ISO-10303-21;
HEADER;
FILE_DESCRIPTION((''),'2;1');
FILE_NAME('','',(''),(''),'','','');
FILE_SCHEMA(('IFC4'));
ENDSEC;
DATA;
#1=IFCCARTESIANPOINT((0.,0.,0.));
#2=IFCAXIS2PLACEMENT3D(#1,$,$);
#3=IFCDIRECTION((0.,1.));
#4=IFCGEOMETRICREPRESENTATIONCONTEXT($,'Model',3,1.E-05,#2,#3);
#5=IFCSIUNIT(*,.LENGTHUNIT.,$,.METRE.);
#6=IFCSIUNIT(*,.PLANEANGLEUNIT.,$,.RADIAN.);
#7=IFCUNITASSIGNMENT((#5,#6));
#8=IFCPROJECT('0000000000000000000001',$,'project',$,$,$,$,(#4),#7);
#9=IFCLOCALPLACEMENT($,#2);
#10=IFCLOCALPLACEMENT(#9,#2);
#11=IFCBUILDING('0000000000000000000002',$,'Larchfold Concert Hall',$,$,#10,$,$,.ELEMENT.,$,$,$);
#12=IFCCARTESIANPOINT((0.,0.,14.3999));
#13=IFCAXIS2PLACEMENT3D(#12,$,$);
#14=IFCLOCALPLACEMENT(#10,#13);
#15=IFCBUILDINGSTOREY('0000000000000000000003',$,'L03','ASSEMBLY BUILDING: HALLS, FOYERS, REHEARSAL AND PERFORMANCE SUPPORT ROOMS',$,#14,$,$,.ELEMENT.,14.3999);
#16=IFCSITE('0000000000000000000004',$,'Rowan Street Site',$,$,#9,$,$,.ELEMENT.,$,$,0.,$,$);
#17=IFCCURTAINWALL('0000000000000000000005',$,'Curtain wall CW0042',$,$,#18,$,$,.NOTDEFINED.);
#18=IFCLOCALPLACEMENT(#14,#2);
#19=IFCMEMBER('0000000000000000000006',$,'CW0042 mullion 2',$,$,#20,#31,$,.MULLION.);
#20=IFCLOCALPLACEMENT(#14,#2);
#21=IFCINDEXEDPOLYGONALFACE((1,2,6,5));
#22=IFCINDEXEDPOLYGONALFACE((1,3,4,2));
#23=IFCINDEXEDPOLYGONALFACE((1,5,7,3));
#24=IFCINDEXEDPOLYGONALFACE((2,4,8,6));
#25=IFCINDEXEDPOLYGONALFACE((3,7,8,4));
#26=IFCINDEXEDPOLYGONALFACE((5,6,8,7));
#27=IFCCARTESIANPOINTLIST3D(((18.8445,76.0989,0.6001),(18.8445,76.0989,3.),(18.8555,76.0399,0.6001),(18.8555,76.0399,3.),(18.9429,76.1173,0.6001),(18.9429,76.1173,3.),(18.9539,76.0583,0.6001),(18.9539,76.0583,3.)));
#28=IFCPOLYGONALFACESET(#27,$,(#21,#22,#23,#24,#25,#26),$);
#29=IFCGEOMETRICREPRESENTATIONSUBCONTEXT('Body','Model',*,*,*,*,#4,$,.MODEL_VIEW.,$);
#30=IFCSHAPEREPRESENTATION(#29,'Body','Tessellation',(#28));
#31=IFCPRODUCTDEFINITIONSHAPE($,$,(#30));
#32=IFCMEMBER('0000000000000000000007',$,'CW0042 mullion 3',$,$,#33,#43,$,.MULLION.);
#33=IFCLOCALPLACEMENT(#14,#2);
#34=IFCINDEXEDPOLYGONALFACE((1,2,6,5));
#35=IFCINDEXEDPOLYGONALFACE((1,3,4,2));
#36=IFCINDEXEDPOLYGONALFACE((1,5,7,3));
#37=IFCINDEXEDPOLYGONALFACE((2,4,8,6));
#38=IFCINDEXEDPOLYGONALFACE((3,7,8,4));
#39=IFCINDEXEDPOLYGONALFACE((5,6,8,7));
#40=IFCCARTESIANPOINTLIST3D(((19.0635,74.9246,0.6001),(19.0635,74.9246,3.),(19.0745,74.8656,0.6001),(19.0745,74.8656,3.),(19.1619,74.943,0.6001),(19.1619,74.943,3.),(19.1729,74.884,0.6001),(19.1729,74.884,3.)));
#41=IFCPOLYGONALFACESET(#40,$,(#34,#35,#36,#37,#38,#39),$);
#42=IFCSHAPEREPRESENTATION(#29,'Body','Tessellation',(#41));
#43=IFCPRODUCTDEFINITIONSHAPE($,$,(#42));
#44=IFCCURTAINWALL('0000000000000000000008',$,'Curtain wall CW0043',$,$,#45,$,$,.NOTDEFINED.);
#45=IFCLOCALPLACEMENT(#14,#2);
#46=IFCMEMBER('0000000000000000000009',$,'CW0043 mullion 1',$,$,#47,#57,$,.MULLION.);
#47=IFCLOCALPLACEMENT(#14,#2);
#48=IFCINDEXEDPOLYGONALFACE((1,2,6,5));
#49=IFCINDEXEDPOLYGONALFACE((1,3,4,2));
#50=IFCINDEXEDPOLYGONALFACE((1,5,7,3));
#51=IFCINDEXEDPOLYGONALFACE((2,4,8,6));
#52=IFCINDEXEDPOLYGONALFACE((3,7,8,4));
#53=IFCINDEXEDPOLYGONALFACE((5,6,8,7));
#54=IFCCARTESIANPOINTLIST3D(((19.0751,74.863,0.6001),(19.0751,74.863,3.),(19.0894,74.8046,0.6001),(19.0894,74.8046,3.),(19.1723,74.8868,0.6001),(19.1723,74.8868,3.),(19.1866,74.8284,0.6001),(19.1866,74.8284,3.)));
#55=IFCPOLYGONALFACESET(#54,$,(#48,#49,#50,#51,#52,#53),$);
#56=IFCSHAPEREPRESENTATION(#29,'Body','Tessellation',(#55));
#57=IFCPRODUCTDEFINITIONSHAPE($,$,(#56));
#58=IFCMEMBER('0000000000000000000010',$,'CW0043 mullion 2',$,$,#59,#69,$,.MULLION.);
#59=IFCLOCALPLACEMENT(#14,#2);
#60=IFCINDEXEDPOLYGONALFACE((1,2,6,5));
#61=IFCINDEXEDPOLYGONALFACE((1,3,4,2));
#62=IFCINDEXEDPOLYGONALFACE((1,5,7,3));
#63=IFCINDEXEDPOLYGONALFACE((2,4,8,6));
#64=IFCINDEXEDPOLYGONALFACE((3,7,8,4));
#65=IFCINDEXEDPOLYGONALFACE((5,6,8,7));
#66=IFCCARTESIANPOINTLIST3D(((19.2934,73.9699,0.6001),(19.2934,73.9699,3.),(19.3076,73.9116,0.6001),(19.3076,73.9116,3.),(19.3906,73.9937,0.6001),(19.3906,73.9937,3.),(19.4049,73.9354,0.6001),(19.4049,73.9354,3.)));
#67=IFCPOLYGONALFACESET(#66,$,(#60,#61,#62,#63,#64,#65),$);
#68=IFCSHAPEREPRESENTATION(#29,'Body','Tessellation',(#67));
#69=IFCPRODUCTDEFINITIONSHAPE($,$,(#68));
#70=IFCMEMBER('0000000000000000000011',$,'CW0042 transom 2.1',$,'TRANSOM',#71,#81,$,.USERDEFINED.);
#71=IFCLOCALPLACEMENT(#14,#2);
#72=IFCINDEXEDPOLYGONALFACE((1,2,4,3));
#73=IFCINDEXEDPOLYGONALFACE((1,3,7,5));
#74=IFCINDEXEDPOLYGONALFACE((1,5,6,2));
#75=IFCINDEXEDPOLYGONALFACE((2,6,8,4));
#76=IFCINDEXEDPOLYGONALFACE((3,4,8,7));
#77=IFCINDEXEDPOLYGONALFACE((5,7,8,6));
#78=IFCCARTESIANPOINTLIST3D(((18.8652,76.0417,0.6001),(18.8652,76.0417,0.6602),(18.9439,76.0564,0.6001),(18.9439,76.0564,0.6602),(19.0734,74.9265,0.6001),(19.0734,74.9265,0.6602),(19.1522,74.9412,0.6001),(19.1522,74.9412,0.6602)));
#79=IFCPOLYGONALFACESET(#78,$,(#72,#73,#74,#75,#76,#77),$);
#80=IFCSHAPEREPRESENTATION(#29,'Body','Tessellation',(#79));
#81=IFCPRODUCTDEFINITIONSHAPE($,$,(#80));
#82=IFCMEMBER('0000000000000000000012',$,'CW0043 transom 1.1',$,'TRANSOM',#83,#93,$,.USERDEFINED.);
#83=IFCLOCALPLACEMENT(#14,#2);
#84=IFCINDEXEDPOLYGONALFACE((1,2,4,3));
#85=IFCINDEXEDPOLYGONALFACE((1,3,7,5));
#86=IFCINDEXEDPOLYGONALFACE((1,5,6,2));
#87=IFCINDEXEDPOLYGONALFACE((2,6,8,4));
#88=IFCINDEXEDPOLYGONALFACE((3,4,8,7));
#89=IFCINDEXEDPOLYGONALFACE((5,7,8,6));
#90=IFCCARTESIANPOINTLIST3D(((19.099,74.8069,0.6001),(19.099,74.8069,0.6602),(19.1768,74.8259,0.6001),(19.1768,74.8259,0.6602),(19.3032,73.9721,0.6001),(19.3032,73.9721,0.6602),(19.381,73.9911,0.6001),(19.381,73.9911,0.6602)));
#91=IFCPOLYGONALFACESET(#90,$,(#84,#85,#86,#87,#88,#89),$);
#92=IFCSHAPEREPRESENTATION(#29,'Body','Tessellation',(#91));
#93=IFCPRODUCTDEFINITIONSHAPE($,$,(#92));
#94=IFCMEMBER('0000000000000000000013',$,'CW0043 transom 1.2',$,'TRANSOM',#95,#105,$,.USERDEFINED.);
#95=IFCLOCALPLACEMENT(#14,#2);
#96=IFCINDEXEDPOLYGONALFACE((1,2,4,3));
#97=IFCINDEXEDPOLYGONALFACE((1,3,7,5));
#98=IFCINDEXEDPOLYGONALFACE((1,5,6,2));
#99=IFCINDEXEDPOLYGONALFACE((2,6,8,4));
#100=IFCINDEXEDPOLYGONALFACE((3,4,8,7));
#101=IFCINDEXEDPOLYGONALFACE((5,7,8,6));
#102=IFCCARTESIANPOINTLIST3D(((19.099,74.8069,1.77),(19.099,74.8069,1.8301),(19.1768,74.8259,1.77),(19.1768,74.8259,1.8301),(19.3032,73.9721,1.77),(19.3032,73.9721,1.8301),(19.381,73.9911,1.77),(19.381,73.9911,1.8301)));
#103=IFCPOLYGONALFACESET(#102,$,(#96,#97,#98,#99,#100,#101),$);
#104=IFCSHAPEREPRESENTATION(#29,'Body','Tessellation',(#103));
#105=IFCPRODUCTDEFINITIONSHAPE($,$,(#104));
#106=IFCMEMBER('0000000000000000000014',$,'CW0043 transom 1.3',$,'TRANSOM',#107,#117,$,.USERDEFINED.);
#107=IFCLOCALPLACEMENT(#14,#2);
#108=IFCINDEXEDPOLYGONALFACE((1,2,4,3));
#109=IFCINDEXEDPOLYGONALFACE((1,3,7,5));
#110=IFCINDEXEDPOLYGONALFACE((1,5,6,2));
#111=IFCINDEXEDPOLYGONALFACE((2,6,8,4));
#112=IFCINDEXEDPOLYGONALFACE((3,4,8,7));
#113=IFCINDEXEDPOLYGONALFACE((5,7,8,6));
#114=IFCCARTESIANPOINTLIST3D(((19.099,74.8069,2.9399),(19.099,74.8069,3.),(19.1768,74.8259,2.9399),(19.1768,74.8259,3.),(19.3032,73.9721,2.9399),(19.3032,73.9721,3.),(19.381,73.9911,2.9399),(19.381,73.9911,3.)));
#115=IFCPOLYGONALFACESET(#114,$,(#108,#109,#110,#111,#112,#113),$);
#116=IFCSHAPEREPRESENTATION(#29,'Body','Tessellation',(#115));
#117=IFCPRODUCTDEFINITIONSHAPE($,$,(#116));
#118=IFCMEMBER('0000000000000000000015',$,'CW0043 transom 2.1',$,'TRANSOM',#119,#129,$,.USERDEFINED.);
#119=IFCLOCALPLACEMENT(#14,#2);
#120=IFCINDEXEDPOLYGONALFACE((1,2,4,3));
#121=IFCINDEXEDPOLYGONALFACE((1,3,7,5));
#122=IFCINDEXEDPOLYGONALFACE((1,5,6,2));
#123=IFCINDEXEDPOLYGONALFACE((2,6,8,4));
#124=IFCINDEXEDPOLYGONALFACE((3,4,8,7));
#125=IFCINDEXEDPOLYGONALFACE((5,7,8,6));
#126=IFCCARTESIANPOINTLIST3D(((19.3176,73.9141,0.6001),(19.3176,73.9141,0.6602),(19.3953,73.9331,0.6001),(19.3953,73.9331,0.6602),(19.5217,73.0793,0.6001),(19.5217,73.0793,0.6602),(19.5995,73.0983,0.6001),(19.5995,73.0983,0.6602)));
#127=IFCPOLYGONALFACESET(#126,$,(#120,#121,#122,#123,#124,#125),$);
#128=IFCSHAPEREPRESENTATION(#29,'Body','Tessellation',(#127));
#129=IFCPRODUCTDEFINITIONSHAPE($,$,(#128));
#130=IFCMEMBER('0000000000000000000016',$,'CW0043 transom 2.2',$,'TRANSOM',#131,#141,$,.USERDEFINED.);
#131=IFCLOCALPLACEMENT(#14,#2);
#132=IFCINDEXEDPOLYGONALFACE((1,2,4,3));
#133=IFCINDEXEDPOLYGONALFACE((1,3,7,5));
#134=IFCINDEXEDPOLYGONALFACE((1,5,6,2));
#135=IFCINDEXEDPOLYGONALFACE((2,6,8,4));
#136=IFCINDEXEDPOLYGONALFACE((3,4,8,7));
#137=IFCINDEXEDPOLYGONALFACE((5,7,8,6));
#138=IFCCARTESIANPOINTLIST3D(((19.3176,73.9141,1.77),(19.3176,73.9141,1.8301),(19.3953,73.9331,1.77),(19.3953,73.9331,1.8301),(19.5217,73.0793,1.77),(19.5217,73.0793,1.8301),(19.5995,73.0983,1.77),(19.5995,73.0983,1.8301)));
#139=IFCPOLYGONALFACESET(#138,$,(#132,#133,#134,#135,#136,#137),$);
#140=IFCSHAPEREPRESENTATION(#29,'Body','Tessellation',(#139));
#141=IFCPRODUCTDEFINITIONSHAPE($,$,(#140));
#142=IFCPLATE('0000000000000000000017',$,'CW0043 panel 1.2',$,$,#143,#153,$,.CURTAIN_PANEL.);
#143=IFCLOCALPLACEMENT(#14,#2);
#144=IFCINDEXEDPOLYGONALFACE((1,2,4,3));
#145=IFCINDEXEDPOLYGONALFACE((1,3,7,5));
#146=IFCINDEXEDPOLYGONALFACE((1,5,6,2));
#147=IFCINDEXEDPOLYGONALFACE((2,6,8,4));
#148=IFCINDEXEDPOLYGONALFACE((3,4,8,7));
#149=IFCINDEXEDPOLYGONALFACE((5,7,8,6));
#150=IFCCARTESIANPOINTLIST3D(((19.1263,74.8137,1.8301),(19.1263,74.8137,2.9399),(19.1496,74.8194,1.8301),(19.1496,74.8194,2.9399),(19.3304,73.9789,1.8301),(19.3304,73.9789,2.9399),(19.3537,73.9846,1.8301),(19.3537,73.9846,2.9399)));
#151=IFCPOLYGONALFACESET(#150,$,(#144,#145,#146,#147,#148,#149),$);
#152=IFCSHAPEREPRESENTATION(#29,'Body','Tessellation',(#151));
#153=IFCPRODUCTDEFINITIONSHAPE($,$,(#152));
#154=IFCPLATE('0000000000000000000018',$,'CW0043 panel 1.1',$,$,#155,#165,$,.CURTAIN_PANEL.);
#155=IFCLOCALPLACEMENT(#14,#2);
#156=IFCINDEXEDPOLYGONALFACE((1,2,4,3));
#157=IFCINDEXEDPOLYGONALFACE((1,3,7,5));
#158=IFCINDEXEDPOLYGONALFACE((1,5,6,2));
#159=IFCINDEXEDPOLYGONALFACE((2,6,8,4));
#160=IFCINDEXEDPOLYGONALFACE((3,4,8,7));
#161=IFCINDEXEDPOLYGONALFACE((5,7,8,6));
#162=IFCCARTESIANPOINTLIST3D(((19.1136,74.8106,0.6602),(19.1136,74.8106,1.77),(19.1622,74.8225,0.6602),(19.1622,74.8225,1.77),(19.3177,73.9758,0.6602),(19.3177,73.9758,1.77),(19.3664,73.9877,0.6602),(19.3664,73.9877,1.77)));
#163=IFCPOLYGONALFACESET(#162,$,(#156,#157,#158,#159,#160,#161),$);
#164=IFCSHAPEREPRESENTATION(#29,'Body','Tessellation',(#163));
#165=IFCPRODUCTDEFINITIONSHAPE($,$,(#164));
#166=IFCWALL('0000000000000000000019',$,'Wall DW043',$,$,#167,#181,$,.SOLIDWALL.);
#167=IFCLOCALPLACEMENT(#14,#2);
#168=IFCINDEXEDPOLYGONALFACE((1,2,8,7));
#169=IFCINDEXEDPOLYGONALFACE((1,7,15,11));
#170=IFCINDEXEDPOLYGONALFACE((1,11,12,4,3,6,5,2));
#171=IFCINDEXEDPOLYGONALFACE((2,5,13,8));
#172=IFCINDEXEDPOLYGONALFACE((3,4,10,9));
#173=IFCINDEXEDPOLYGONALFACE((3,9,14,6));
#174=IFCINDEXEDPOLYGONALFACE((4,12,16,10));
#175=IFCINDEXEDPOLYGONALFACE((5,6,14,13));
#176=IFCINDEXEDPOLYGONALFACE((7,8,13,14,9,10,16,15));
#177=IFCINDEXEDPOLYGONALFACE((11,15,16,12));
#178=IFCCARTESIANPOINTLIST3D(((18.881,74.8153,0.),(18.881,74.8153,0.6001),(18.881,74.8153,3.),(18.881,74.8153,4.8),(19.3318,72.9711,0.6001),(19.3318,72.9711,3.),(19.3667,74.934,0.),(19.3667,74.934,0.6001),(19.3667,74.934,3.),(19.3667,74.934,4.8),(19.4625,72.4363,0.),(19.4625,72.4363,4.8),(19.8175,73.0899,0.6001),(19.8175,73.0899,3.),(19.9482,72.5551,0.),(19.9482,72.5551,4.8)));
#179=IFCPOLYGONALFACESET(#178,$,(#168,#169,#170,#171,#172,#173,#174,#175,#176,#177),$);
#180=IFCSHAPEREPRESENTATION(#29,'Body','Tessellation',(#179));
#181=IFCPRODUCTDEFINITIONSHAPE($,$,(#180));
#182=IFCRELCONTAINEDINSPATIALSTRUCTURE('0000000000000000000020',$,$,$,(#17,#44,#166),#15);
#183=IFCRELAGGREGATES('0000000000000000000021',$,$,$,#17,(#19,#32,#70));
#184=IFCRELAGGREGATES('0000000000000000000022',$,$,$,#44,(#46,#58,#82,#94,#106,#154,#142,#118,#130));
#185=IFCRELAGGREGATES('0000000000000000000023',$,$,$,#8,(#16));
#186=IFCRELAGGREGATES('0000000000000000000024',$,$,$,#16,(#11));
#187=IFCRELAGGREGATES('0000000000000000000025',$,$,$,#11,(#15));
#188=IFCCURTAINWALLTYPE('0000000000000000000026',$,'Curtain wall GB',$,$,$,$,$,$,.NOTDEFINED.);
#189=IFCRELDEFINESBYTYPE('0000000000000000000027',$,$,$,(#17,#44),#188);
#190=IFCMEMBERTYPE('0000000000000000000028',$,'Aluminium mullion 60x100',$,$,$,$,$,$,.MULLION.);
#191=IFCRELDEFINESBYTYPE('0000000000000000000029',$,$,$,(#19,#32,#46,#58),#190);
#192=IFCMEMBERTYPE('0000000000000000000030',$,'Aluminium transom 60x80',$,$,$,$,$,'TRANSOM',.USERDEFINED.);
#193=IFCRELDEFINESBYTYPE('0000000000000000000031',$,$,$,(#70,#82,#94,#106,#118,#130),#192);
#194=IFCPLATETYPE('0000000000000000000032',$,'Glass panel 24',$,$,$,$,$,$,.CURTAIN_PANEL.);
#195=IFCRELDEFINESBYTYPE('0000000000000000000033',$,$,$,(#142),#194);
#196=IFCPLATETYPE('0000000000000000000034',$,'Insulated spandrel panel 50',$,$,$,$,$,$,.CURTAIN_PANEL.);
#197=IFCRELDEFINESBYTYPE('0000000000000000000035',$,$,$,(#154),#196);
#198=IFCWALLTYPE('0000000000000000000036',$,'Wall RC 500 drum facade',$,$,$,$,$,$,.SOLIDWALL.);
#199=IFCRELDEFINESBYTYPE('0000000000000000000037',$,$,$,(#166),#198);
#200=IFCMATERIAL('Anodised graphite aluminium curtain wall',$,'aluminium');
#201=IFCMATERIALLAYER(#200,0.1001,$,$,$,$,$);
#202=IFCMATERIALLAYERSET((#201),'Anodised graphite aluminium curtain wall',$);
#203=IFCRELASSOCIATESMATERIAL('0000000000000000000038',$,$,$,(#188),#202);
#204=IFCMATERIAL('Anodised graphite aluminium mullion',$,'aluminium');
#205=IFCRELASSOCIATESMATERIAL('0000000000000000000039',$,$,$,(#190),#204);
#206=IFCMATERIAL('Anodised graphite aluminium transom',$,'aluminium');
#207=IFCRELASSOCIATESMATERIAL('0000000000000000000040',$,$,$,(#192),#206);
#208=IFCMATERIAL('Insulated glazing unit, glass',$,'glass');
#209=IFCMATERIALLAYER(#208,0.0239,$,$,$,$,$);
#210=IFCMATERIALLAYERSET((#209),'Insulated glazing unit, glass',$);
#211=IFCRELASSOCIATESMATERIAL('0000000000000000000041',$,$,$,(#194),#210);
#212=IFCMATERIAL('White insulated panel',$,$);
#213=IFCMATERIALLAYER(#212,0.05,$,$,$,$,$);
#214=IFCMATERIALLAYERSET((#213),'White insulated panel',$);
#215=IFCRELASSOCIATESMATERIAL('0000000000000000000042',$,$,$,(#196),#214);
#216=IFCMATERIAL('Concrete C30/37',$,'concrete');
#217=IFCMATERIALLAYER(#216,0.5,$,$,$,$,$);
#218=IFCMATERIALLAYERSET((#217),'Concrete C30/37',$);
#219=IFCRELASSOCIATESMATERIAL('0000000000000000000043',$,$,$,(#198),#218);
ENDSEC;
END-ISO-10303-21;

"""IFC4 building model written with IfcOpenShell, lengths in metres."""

from ifc_helpers import new_model, si_unit, direction, frame, frame_2d, origin, origin_2d, place, context, subcontext, project, spatial, rectangle, extrude, material, layer, layer_set, material_profile, profile_set, type_object, element, fill, aggregate, save


model = new_model("IFC4")

# Units and contexts
model_context = context("Model", 3, precision=1e-05, world=origin(), true_north=direction((0.0, 1.0)))
body_context = subcontext(model_context, "Body", "Model", "MODEL_VIEW")
ifc_project = project(units=[si_unit("LENGTHUNIT", "METRE"), si_unit("PLANEANGLEUNIT", "RADIAN")], contexts=[model_context])

# Site, building, storey
site_placement = place(None, origin())
site = spatial("IfcSite", under=ifc_project, at=site_placement, Name="Rowan Street Site", CompositionType="ELEMENT", RefElevation=0.0)
building_placement = place(site_placement, origin())
building = spatial("IfcBuilding", under=site, at=building_placement, Name="Larchfold Concert Hall", CompositionType="ELEMENT")
storey_placement = place(building_placement, frame((0.0, 0.0, 14.3999)))
storey = spatial("IfcBuildingStorey", under=building, at=storey_placement, Name="L03", Description="ASSEMBLY BUILDING: HALLS, FOYERS, REHEARSAL AND PERFORMANCE SUPPORT ROOMS", CompositionType="ELEMENT", Elevation=14.3999)

# Curtain walls, members
ifc_material_1 = material(Name="Anodised graphite aluminium curtain wall", Category="aluminium")
ifc_layer_1 = layer(ifc_material_1, 0.1001)
ifc_layer_set_1 = layer_set([ifc_layer_1], Name="Anodised graphite aluminium curtain wall")
curtain_wall_type = type_object("IfcCurtainWallType", Name="Curtain wall GB", PredefinedType="NOTDEFINED", material=ifc_layer_set_1)
curtain_wall_1_placement = place(storey_placement, origin())
curtain_wall_1 = element("IfcCurtainWall", 1, at=curtain_wall_1_placement, inside=storey, type_object=curtain_wall_type, Name="Curtain wall CW0042", PredefinedType="NOTDEFINED")
ifc_material_2 = material(Name="Anodised graphite aluminium mullion", Category="aluminium")
ifc_material_profile_1 = material_profile(ifc_material_2, rectangle(XDim=0.1001, YDim=0.0601, at=origin_2d()))
ifc_profile_set_1 = profile_set([ifc_material_profile_1], Name="Anodised graphite aluminium mullion")
member_type_1 = type_object("IfcMemberType", Name="Aluminium mullion 60x100", PredefinedType="MULLION", material=ifc_profile_set_1)
member_1_placement = place(storey_placement, frame((18.8992, 76.0786, 0.6001), z_axis=(0.0, 0.0, 1.0), x_axis=(0.983015, 0.183524, 0.0)))
member_1 = element("IfcMember", 2, at=member_1_placement, type_object=member_type_1, Name="CW0042 mullion 2", PredefinedType="MULLION", context=body_context, shape_type="SweptSolid", body=[
    extrude(rectangle(XDim=0.1001, YDim=0.0601, at=origin_2d()), origin(), (0.0, 0.0, 1.0), 2.3999),
])
member_2_placement = place(storey_placement, frame((19.1182, 74.9043, 0.6001), z_axis=(0.0, 0.0, 1.0), x_axis=(0.983015, 0.183524, 0.0)))
member_2 = element("IfcMember", 3, at=member_2_placement, type_object=member_type_1, Name="CW0042 mullion 3", PredefinedType="MULLION", context=body_context, shape_type="SweptSolid", body=[
    extrude(rectangle(XDim=0.1001, YDim=0.0601, at=origin_2d()), origin(), (0.0, 0.0, 1.0), 2.3999),
])
curtain_wall_2_placement = place(storey_placement, origin())
curtain_wall_2 = element("IfcCurtainWall", 4, at=curtain_wall_2_placement, inside=storey, type_object=curtain_wall_type, Name="Curtain wall CW0043", PredefinedType="NOTDEFINED")
member_3_placement = place(storey_placement, frame((19.1309, 74.8457, 0.6001), z_axis=(0.0, 0.0, 1.0), x_axis=(0.971385, 0.23751, 0.0)))
member_3 = element("IfcMember", 5, at=member_3_placement, type_object=member_type_1, Name="CW0043 mullion 1", PredefinedType="MULLION", context=body_context, shape_type="SweptSolid", body=[
    extrude(rectangle(XDim=0.1001, YDim=0.0601, at=origin_2d()), origin(), (0.0, 0.0, 1.0), 2.3999),
])
member_4_placement = place(storey_placement, frame((19.3491, 73.9526, 0.6001), z_axis=(0.0, 0.0, 1.0), x_axis=(0.971385, 0.23751, 0.0)))
member_4 = element("IfcMember", 6, at=member_4_placement, type_object=member_type_1, Name="CW0043 mullion 2", PredefinedType="MULLION", context=body_context, shape_type="SweptSolid", body=[
    extrude(rectangle(XDim=0.1001, YDim=0.0601, at=origin_2d()), origin(), (0.0, 0.0, 1.0), 2.3999),
])

# Members
ifc_material_3 = material(Name="Anodised graphite aluminium transom", Category="aluminium")
ifc_material_profile_2 = material_profile(ifc_material_3, rectangle(XDim=0.0801, YDim=0.0601, at=origin_2d()))
ifc_profile_set_2 = profile_set([ifc_material_profile_2], Name="Anodised graphite aluminium transom")
member_type_2 = type_object("IfcMemberType", Name="Aluminium transom 60x80", ElementType="TRANSOM", PredefinedType="USERDEFINED", material=ifc_profile_set_2)
member_5_placement = place(storey_placement, frame((18.9045, 76.0491, 0.6301), z_axis=(0.183561, -0.983008, 0.0), x_axis=(0.983008, 0.183561, 0.0)))
member_5 = element("IfcMember", 7, at=member_5_placement, type_object=member_type_2, Name="CW0042 transom 2.1", ObjectType="TRANSOM", PredefinedType="USERDEFINED", context=body_context, shape_type="SweptSolid", body=[
    extrude(rectangle(XDim=0.0801, YDim=0.0601, at=origin_2d()), origin(), (0.0, 0.0, 1.0), 1.1345),
])
member_6_placement = place(storey_placement, frame((19.1379, 74.8164, 0.6301), z_axis=(0.237519, -0.971383, 0.0), x_axis=(0.971383, 0.237519, 0.0)))
member_6 = element("IfcMember", 8, at=member_6_placement, type_object=member_type_2, Name="CW0043 transom 1.1", ObjectType="TRANSOM", PredefinedType="USERDEFINED", context=body_context, shape_type="SweptSolid", body=[
    extrude(rectangle(XDim=0.0801, YDim=0.0601, at=origin_2d()), origin(), (0.0, 0.0, 1.0), 0.8594),
])
member_7_placement = place(storey_placement, frame((19.1379, 74.8164, 1.8), z_axis=(0.237519, -0.971383, 0.0), x_axis=(0.971383, 0.237519, 0.0)))
member_7 = element("IfcMember", 9, at=member_7_placement, type_object=member_type_2, Name="CW0043 transom 1.2", ObjectType="TRANSOM", PredefinedType="USERDEFINED", context=body_context, shape_type="SweptSolid", body=[
    extrude(rectangle(XDim=0.0801, YDim=0.0601, at=origin_2d()), origin(), (0.0, 0.0, 1.0), 0.8594),
])
member_8_placement = place(storey_placement, frame((19.1379, 74.8164, 2.97), z_axis=(0.237519, -0.971383, 0.0), x_axis=(0.971383, 0.237519, 0.0)))
member_8 = element("IfcMember", 10, at=member_8_placement, type_object=member_type_2, Name="CW0043 transom 1.3", ObjectType="TRANSOM", PredefinedType="USERDEFINED", context=body_context, shape_type="SweptSolid", body=[
    extrude(rectangle(XDim=0.0801, YDim=0.0601, at=origin_2d()), origin(), (0.0, 0.0, 1.0), 0.8594),
])
member_9_placement = place(storey_placement, frame((19.3564, 73.9236, 0.6301), z_axis=(0.237519, -0.971383, 0.0), x_axis=(0.971383, 0.237519, 0.0)))
member_9 = element("IfcMember", 11, at=member_9_placement, type_object=member_type_2, Name="CW0043 transom 2.1", ObjectType="TRANSOM", PredefinedType="USERDEFINED", context=body_context, shape_type="SweptSolid", body=[
    extrude(rectangle(XDim=0.0801, YDim=0.0601, at=origin_2d()), origin(), (0.0, 0.0, 1.0), 0.8594),
])
member_10_placement = place(storey_placement, frame((19.3564, 73.9236, 1.8), z_axis=(0.237519, -0.971383, 0.0), x_axis=(0.971383, 0.237519, 0.0)))
member_10 = element("IfcMember", 12, at=member_10_placement, type_object=member_type_2, Name="CW0043 transom 2.2", ObjectType="TRANSOM", PredefinedType="USERDEFINED", context=body_context, shape_type="SweptSolid", body=[
    extrude(rectangle(XDim=0.0801, YDim=0.0601, at=origin_2d()), origin(), (0.0, 0.0, 1.0), 0.8594),
])

# Plates
ifc_material_4 = material(Name="Insulated glazing unit, glass", Category="glass")
ifc_layer_2 = layer(ifc_material_4, 0.0239)
ifc_layer_set_2 = layer_set([ifc_layer_2], Name="Insulated glazing unit, glass")
plate_type_1 = type_object("IfcPlateType", Name="Glass panel 24", PredefinedType="CURTAIN_PANEL", material=ifc_layer_set_2)
plate_1_placement = place(storey_placement, frame((19.24, 74.3992, 1.8301), z_axis=(0.0, 0.0, 1.0), x_axis=(0.23751, -0.971385, 0.0)))
plate_1 = element("IfcPlate", 13, at=plate_1_placement, type_object=plate_type_1, Name="CW0043 panel 1.2", PredefinedType="CURTAIN_PANEL", context=body_context, shape_type="SweptSolid", body=[
    extrude(rectangle(XDim=0.8594, YDim=0.0239, at=origin_2d()), origin(), (0.0, 0.0, 1.0), 1.1099),
])
ifc_material_5 = material(Name="White insulated panel")
ifc_layer_3 = layer(ifc_material_5, 0.05)
ifc_layer_set_3 = layer_set([ifc_layer_3], Name="White insulated panel")
plate_type_2 = type_object("IfcPlateType", Name="Insulated spandrel panel 50", PredefinedType="CURTAIN_PANEL", material=ifc_layer_set_3)
aggregate(curtain_wall_1, [member_1, member_2, member_5])
plate_2_placement = place(storey_placement, frame((19.24, 74.3992, 0.6602), z_axis=(0.0, 0.0, 1.0), x_axis=(0.23751, -0.971385, 0.0)))
plate_2 = element("IfcPlate", 14, at=plate_2_placement, type_object=plate_type_2, Name="CW0043 panel 1.1", PredefinedType="CURTAIN_PANEL", context=body_context, shape_type="SweptSolid", body=[
    extrude(rectangle(XDim=0.8594, YDim=0.05, at=origin_2d()), origin(), (0.0, 0.0, 1.0), 1.1099),
])
aggregate(curtain_wall_2, [member_3, member_4, member_6, member_7, member_8, plate_2, plate_1, member_9, member_10])

# Wall, opening
ifc_material_6 = material(Name="Concrete C30/37", Category="concrete")
ifc_layer_4 = layer(ifc_material_6, 0.5)
ifc_layer_set_4 = layer_set([ifc_layer_4], Name="Concrete C30/37")
wall_type_1 = type_object("IfcWallType", Name="Wall RC 500 drum facade", PredefinedType="SOLIDWALL", material=ifc_layer_set_4)
wall_1_placement = place(storey_placement, frame((19.1238, 74.8748, 0.0), z_axis=(0.0, 0.0, 1.0), x_axis=(0.237466, -0.971396, 0.0)))
wall_1 = element("IfcWall", 15, at=wall_1_placement, inside=storey, type_object=wall_type_1, Name="Wall DW043", PredefinedType="SOLIDWALL", context=body_context, shape_type="SweptSolid", body=[
    extrude(rectangle(XDim=2.449, YDim=0.5, at=frame_2d((1.2246, 0.0))), origin(), (0.0, 0.0, 1.0), 4.8),
])
opening_placement = place(wall_1_placement, frame((0.0, 0.0, 0.6001)))
opening = element("IfcOpeningElement", 16, at=opening_placement, cuts=wall_1, PredefinedType="OPENING", context=body_context, shape_type="SweptSolid", body=[
    extrude(rectangle(XDim=1.8987, YDim=2.3999, at=frame_2d((0.9492, 1.2))), frame((0.0, 0.26, 0.0), z_axis=(0.0, -1.0, 0.0), x_axis=(1.0, 0.0, 0.0)), (0.0, 0.0, 1.0), 0.52),
])
fill(opening, curtain_wall_2)

save(model, "model.ifc")
